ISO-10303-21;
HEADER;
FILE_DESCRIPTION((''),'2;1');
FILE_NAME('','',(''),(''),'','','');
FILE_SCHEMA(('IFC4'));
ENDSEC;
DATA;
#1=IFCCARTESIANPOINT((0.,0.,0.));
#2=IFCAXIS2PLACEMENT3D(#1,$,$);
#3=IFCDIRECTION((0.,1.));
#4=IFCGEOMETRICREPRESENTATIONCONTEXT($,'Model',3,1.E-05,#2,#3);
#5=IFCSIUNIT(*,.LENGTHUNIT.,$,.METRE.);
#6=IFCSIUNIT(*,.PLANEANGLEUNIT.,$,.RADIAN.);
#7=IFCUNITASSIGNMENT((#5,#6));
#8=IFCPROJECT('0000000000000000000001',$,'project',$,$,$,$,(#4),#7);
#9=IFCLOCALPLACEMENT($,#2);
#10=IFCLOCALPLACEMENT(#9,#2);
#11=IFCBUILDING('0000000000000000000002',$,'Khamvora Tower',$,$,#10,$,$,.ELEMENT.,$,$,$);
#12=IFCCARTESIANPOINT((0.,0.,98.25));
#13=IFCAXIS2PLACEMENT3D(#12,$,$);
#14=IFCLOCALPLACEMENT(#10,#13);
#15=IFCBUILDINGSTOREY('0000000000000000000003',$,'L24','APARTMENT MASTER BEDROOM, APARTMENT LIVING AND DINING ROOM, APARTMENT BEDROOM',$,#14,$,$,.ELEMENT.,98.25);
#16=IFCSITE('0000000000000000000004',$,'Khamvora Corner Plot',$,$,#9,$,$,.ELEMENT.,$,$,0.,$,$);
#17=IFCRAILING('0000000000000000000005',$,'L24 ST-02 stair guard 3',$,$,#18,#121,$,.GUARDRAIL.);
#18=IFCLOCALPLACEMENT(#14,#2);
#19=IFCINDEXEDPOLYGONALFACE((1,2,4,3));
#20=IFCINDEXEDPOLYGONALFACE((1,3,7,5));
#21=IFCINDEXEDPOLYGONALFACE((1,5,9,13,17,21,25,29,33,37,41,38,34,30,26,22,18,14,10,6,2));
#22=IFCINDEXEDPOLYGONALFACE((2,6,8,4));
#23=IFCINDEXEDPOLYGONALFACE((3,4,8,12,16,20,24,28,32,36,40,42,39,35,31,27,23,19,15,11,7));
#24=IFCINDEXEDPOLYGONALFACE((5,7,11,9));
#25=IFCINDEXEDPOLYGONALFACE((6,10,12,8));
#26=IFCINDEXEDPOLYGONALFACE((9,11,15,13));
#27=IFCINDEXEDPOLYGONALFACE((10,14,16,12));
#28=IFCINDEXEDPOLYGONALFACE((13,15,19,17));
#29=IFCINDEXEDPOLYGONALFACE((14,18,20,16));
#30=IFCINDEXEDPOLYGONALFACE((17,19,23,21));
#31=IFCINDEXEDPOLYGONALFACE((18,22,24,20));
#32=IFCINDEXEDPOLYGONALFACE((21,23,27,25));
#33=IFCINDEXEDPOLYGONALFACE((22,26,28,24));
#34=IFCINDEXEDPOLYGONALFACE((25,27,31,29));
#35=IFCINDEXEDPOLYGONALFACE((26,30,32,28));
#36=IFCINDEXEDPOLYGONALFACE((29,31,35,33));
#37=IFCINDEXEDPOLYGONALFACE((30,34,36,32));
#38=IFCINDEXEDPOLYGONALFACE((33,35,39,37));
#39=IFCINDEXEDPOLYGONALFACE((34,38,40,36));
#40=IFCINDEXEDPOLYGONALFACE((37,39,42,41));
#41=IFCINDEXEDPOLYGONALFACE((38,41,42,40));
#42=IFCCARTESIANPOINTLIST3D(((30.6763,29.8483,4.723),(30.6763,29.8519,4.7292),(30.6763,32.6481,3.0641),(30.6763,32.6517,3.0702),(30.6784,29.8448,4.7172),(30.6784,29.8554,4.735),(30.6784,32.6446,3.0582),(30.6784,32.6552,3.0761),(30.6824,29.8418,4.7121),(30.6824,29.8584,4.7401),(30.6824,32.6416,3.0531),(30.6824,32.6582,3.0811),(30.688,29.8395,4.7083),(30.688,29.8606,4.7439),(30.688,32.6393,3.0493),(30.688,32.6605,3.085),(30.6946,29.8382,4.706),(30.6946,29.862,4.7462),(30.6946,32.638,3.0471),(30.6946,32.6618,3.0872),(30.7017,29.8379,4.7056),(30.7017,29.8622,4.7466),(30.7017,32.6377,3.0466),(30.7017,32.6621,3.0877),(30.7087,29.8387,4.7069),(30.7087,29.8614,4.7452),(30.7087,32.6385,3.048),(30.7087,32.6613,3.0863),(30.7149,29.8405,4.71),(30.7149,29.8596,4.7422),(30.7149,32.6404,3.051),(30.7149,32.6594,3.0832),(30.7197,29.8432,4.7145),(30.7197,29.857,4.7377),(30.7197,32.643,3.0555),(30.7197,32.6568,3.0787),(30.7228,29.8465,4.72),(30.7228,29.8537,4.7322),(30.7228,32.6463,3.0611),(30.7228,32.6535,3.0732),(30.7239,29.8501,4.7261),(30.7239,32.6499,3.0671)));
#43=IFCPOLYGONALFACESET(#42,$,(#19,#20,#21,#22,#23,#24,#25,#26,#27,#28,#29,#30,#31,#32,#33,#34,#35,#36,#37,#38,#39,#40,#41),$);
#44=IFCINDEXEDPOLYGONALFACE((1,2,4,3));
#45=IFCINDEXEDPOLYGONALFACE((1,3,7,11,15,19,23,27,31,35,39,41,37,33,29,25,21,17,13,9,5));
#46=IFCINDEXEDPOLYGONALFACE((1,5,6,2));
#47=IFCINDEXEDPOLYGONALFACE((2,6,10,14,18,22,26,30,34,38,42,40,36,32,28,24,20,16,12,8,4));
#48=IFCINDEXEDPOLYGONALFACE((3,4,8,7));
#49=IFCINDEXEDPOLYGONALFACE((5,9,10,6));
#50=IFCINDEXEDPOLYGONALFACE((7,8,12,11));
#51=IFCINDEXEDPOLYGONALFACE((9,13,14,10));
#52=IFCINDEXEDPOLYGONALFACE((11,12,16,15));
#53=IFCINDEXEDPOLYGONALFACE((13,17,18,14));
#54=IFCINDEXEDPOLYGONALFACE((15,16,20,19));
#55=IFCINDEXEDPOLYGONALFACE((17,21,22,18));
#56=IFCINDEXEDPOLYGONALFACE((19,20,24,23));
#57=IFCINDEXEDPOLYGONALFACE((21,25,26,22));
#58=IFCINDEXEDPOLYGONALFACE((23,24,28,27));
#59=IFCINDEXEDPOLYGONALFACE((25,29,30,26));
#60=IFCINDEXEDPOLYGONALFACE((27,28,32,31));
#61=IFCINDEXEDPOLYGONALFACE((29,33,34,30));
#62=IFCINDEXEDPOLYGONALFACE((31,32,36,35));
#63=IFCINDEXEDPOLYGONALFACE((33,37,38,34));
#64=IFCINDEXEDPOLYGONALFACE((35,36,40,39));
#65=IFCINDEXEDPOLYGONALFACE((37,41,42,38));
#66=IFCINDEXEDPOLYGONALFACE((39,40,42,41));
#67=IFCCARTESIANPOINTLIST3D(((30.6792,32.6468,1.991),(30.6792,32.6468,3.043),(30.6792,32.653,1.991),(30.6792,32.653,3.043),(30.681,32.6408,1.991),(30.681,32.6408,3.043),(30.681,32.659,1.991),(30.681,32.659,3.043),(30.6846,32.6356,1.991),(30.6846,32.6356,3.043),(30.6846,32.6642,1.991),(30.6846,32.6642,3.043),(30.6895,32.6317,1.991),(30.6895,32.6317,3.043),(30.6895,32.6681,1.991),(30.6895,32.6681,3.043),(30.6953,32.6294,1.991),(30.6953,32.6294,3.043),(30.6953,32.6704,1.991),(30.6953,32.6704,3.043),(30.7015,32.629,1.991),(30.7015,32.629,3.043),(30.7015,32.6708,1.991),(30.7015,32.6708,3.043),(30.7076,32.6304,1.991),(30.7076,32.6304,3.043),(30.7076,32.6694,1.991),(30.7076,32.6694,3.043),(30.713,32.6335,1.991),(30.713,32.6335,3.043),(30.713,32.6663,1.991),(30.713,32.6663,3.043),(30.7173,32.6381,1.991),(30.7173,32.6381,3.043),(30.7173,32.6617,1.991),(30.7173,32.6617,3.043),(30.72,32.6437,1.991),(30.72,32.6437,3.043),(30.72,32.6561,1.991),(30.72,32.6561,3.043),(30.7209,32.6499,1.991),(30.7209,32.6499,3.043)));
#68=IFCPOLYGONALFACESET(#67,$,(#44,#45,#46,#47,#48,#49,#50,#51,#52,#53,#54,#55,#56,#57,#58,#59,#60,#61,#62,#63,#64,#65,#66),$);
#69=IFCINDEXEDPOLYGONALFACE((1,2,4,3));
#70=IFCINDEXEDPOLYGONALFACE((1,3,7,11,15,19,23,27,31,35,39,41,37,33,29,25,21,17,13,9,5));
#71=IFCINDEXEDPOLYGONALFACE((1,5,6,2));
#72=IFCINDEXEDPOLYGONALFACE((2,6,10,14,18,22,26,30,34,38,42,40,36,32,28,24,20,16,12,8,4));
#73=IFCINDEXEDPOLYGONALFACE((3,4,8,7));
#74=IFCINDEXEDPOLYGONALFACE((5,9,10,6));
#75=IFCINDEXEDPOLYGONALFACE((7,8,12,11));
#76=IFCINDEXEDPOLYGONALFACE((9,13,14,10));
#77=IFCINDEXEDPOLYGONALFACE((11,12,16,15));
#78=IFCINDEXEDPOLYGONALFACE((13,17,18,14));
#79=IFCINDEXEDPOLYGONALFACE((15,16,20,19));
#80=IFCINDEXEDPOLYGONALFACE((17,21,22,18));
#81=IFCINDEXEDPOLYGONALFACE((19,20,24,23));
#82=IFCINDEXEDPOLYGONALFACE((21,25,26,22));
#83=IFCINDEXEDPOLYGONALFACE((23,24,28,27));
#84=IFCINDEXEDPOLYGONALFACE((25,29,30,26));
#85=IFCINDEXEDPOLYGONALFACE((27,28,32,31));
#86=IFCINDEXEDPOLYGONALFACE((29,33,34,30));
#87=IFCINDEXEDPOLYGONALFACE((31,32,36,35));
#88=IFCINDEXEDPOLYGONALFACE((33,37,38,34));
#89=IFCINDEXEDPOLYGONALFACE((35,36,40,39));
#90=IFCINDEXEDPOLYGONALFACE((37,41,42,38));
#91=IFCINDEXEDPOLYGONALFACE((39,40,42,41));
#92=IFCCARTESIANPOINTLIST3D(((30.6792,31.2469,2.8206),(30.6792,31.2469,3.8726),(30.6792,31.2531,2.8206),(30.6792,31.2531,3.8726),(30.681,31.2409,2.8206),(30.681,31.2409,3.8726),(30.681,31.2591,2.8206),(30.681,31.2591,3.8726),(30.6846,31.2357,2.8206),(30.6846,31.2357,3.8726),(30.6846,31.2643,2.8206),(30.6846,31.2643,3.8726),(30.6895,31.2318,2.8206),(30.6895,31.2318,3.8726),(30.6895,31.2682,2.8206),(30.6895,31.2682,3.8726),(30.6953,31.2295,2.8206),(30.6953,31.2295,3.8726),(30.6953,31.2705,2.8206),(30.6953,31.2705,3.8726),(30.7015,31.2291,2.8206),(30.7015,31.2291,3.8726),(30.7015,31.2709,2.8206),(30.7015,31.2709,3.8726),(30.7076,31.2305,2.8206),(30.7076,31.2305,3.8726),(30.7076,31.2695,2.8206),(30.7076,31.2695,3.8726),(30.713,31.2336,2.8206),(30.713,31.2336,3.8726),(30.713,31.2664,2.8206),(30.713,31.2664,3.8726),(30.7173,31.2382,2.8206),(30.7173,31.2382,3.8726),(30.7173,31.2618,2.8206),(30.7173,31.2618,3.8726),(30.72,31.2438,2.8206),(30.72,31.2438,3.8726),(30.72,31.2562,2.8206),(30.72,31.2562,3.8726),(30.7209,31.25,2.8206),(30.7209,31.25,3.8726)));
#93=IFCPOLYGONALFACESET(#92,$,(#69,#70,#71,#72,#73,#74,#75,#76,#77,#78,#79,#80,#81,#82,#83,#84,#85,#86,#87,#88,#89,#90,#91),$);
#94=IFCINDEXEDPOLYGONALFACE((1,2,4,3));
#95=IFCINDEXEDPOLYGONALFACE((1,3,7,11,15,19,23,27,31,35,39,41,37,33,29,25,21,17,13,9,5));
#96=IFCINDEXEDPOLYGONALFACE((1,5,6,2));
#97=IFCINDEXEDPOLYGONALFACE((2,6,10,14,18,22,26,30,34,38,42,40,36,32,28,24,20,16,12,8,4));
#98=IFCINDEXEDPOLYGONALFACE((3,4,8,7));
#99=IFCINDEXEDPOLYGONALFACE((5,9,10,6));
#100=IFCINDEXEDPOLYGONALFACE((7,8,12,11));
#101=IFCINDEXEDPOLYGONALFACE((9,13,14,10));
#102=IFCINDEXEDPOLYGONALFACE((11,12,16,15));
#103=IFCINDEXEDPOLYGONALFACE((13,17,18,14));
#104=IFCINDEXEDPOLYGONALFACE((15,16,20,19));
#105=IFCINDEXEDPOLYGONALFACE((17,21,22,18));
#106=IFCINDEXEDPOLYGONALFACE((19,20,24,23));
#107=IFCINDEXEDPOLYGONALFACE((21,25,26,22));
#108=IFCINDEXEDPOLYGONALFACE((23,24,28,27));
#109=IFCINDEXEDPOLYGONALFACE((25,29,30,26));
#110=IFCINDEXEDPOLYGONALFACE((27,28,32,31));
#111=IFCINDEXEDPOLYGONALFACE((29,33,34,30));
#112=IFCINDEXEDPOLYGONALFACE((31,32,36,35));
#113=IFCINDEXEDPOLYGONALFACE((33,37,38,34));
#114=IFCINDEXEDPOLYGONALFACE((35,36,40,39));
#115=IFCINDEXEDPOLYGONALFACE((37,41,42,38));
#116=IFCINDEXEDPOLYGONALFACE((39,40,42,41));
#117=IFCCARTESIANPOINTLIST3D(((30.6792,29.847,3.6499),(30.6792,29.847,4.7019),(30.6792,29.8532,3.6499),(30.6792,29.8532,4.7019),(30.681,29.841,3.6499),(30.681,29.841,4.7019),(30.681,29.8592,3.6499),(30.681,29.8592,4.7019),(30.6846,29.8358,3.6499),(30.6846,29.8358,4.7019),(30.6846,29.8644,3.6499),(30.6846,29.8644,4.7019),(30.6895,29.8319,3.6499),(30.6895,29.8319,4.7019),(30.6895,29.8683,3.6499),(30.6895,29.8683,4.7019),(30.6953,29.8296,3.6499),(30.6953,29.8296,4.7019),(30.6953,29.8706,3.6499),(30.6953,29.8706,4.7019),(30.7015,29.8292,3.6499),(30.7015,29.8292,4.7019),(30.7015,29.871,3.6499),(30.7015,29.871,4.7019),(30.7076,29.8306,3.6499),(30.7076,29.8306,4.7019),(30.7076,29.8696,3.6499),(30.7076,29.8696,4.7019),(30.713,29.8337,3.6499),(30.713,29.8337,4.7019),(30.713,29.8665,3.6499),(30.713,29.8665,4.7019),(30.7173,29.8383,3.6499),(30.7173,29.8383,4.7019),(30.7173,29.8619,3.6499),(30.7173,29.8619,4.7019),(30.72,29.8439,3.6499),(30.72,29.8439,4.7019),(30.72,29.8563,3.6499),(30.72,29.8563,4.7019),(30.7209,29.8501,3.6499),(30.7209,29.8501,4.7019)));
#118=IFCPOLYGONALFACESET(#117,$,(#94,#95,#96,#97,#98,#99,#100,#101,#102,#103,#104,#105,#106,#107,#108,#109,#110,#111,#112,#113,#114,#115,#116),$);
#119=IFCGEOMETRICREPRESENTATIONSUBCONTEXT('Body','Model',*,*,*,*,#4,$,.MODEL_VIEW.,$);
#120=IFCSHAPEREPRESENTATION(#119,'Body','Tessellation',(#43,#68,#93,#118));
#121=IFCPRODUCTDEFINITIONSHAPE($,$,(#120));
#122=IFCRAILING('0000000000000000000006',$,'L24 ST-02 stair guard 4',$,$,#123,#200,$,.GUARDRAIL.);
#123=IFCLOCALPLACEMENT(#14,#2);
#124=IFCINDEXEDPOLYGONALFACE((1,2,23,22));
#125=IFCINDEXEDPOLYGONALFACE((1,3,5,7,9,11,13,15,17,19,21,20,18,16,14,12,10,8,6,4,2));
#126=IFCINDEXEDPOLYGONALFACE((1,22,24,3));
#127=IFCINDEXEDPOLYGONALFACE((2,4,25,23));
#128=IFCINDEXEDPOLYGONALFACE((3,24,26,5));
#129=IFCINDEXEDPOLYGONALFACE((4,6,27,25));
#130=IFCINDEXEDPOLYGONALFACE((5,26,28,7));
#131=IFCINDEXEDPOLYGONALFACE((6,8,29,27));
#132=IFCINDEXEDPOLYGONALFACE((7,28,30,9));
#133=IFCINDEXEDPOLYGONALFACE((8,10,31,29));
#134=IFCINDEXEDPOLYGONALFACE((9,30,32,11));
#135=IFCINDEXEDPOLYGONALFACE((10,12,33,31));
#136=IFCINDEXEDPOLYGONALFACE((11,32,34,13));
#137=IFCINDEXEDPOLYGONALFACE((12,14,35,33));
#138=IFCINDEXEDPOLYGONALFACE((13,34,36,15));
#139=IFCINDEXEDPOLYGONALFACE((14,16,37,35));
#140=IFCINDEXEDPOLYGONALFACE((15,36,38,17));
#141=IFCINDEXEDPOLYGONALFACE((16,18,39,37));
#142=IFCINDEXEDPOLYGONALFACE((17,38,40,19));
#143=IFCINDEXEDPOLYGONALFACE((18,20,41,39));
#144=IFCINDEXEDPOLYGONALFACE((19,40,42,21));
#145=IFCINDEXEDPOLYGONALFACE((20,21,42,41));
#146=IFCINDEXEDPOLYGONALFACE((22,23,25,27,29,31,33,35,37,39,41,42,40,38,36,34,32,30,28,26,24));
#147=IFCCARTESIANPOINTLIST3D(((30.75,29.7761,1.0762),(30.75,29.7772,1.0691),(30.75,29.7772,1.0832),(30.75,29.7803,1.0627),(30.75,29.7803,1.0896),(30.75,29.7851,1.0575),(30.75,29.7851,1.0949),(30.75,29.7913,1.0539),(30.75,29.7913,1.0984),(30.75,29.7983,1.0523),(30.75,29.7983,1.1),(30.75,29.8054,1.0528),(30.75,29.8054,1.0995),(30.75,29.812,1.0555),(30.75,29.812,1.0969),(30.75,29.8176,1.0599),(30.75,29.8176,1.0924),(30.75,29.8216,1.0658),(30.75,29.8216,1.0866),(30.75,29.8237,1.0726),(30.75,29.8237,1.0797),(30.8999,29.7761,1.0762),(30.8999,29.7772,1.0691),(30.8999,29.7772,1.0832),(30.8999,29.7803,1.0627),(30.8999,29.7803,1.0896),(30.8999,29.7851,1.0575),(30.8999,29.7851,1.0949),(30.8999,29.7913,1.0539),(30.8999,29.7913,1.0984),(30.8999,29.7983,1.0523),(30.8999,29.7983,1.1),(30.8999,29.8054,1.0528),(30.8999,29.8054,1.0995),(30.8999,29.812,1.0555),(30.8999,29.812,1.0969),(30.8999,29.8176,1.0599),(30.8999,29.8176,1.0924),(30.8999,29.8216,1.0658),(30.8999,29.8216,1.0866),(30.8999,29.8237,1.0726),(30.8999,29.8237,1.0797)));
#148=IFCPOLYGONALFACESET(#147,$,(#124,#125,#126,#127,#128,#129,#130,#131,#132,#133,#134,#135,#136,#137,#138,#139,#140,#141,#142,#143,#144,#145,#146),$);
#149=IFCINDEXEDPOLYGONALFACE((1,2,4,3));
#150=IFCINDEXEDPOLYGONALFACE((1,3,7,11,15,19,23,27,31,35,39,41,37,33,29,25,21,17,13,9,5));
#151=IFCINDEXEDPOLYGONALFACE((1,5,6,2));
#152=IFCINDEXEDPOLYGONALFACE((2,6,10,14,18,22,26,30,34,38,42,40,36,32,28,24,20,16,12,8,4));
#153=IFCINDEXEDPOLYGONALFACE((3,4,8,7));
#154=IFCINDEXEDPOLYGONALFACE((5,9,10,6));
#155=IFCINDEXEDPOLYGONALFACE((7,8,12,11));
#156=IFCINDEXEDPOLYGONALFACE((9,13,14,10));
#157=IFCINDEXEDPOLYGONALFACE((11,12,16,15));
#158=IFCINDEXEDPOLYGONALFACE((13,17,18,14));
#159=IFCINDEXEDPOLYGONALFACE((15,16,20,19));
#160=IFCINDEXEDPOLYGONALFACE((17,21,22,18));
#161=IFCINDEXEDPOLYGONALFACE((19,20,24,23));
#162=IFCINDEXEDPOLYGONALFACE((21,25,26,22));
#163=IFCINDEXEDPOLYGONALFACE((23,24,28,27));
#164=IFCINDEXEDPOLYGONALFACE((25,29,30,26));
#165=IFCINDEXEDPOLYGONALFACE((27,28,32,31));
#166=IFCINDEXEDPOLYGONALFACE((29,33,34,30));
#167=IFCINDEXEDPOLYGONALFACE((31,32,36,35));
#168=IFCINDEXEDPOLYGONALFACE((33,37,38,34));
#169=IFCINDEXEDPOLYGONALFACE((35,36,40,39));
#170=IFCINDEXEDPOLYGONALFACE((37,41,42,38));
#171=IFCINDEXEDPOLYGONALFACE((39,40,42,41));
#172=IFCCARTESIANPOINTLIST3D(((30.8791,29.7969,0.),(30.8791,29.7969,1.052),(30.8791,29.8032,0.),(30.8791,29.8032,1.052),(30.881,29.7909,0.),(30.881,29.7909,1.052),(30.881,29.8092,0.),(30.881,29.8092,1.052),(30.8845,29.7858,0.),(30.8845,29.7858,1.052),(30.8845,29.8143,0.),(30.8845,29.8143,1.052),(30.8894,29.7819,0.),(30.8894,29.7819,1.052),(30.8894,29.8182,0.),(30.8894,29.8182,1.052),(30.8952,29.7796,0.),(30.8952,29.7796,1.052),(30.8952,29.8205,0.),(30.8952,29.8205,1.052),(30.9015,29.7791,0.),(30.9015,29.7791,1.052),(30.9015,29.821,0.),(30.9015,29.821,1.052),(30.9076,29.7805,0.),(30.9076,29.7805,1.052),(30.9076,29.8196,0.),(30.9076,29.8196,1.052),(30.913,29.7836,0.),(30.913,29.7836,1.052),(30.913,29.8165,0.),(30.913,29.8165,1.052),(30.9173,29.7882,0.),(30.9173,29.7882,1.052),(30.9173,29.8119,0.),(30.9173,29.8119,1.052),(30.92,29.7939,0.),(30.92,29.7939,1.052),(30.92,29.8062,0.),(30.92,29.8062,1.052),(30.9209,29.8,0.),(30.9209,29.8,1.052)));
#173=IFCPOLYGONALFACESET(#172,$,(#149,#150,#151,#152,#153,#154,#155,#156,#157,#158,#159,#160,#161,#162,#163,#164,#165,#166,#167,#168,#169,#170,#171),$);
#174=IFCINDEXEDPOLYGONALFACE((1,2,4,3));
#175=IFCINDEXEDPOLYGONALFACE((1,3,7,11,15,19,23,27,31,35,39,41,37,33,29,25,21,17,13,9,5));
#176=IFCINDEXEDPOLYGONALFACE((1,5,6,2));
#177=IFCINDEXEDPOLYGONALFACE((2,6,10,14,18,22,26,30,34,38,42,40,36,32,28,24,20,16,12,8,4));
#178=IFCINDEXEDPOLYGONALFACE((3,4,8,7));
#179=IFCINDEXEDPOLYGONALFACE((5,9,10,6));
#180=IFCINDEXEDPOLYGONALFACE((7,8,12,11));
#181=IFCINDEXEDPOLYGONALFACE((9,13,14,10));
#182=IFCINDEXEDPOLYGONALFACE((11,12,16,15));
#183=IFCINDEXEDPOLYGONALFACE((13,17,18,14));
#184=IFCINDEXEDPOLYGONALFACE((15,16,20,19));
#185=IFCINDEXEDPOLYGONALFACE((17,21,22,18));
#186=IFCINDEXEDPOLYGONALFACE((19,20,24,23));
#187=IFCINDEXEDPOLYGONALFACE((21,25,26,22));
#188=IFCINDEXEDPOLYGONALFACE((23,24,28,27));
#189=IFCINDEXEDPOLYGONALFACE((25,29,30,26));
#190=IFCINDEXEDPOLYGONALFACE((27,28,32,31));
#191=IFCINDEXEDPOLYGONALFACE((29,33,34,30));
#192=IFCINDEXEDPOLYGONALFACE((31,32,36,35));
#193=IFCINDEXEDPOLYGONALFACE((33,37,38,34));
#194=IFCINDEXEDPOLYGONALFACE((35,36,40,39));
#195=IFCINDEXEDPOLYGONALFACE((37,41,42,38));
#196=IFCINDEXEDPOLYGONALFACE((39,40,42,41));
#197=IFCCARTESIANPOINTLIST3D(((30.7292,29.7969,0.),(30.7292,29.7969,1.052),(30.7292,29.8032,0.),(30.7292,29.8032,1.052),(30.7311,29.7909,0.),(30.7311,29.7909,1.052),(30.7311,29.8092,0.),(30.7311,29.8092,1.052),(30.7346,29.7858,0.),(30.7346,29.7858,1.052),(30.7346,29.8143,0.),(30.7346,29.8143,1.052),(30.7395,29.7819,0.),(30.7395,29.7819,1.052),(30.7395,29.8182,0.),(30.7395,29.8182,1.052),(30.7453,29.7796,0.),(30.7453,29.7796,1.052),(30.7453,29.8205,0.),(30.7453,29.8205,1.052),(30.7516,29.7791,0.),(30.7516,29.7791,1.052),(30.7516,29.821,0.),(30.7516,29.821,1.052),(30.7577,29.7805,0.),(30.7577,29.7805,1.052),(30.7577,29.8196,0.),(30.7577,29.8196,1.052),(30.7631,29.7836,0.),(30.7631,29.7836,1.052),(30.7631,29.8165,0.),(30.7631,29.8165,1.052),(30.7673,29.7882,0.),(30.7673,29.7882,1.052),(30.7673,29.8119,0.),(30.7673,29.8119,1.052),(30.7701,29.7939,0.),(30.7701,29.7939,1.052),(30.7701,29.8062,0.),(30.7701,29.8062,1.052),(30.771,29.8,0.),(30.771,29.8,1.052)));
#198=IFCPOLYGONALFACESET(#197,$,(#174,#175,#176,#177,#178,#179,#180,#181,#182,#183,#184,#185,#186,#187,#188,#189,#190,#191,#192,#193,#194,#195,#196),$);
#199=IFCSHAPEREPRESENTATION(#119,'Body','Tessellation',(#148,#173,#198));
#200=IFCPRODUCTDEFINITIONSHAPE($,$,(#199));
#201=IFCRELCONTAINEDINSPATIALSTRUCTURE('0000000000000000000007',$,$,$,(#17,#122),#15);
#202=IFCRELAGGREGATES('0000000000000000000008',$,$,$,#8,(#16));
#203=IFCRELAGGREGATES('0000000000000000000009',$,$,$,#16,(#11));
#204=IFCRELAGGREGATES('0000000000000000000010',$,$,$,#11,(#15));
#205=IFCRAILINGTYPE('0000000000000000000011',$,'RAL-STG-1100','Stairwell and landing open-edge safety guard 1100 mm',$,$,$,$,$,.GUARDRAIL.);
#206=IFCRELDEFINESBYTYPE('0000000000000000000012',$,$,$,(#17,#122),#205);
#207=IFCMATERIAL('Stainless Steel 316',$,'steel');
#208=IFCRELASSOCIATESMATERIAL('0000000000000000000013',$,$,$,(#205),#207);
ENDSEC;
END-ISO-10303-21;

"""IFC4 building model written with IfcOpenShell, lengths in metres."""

from ifc_helpers import new_model, si_unit, direction, frame, origin, origin_2d, place, context, subcontext, project, spatial, circle, extrude, material, type_object, element, save


model = new_model("IFC4")

# Units and contexts
model_context = context("Model", 3, precision=1e-05, world=origin(), true_north=direction((0.0, 1.0)))
body_context = subcontext(model_context, "Body", "Model", "MODEL_VIEW")
ifc_project = project(units=[si_unit("LENGTHUNIT", "METRE"), si_unit("PLANEANGLEUNIT", "RADIAN")], contexts=[model_context])

# Site, building, storey
site_placement = place(None, origin())
site = spatial("IfcSite", under=ifc_project, at=site_placement, Name="Khamvora Corner Plot", CompositionType="ELEMENT", RefElevation=0.0)
building_placement = place(site_placement, origin())
building = spatial("IfcBuilding", under=site, at=building_placement, Name="Khamvora Tower", CompositionType="ELEMENT")
storey_placement = place(building_placement, frame((0.0, 0.0, 98.25)))
storey = spatial("IfcBuildingStorey", under=building, at=storey_placement, Name="L24", Description="APARTMENT MASTER BEDROOM, APARTMENT LIVING AND DINING ROOM, APARTMENT BEDROOM", CompositionType="ELEMENT", Elevation=98.25)

# Railings
ifc_material_1 = material(Name="Stainless Steel 316", Category="steel")
railing_type_1 = type_object("IfcRailingType", Name="RAL-STG-1100", Description="Stairwell and landing open-edge safety guard 1100 mm", PredefinedType="GUARDRAIL", material=ifc_material_1)
railing_1_placement = place(storey_placement, frame((30.7, 32.6499, 1.991)))
element("IfcRailing", 1, at=railing_1_placement, inside=storey, type_object=railing_type_1, Name="L24 ST-02 stair guard 3", PredefinedType="GUARDRAIL", context=body_context, shape_type="SweptSolid", body=[
    extrude(circle(Radius=0.0239, at=origin_2d()), frame((0.0, 0.0, 1.0762), z_axis=(0.0, -0.86032, 0.509755), x_axis=(1.0, 0.0, 0.0)), (0.0, 0.0, 1.0), 3.2544),
    extrude(circle(Radius=0.021, at=origin_2d()), origin(), (0.0, 0.0, 1.0), 1.052),
    extrude(circle(Radius=0.021, at=origin_2d()), frame((0.0, -1.3999, 0.8296)), (0.0, 0.0, 1.0), 1.052),
    extrude(circle(Radius=0.021, at=origin_2d()), frame((0.0, -2.7998, 1.6589)), (0.0, 0.0, 1.0), 1.052),
])
railing_2_placement = place(storey_placement, frame((30.8999, 29.8, 0.0)))
element("IfcRailing", 2, at=railing_2_placement, inside=storey, type_object=railing_type_1, Name="L24 ST-02 stair guard 4", PredefinedType="GUARDRAIL", context=body_context, shape_type="SweptSolid", body=[
    extrude(circle(Radius=0.0239, at=origin_2d()), frame((0.0, 0.0, 1.0762), z_axis=(-1.0, 0.0, 0.0), x_axis=(0.0, -1.0, 0.0)), (0.0, 0.0, 1.0), 0.1499),
    extrude(circle(Radius=0.021, at=origin_2d()), origin(), (0.0, 0.0, 1.0), 1.052),
    extrude(circle(Radius=0.021, at=origin_2d()), frame((-0.1499, 0.0, 0.0)), (0.0, 0.0, 1.0), 1.052),
])

save(model, "model.ifc")
